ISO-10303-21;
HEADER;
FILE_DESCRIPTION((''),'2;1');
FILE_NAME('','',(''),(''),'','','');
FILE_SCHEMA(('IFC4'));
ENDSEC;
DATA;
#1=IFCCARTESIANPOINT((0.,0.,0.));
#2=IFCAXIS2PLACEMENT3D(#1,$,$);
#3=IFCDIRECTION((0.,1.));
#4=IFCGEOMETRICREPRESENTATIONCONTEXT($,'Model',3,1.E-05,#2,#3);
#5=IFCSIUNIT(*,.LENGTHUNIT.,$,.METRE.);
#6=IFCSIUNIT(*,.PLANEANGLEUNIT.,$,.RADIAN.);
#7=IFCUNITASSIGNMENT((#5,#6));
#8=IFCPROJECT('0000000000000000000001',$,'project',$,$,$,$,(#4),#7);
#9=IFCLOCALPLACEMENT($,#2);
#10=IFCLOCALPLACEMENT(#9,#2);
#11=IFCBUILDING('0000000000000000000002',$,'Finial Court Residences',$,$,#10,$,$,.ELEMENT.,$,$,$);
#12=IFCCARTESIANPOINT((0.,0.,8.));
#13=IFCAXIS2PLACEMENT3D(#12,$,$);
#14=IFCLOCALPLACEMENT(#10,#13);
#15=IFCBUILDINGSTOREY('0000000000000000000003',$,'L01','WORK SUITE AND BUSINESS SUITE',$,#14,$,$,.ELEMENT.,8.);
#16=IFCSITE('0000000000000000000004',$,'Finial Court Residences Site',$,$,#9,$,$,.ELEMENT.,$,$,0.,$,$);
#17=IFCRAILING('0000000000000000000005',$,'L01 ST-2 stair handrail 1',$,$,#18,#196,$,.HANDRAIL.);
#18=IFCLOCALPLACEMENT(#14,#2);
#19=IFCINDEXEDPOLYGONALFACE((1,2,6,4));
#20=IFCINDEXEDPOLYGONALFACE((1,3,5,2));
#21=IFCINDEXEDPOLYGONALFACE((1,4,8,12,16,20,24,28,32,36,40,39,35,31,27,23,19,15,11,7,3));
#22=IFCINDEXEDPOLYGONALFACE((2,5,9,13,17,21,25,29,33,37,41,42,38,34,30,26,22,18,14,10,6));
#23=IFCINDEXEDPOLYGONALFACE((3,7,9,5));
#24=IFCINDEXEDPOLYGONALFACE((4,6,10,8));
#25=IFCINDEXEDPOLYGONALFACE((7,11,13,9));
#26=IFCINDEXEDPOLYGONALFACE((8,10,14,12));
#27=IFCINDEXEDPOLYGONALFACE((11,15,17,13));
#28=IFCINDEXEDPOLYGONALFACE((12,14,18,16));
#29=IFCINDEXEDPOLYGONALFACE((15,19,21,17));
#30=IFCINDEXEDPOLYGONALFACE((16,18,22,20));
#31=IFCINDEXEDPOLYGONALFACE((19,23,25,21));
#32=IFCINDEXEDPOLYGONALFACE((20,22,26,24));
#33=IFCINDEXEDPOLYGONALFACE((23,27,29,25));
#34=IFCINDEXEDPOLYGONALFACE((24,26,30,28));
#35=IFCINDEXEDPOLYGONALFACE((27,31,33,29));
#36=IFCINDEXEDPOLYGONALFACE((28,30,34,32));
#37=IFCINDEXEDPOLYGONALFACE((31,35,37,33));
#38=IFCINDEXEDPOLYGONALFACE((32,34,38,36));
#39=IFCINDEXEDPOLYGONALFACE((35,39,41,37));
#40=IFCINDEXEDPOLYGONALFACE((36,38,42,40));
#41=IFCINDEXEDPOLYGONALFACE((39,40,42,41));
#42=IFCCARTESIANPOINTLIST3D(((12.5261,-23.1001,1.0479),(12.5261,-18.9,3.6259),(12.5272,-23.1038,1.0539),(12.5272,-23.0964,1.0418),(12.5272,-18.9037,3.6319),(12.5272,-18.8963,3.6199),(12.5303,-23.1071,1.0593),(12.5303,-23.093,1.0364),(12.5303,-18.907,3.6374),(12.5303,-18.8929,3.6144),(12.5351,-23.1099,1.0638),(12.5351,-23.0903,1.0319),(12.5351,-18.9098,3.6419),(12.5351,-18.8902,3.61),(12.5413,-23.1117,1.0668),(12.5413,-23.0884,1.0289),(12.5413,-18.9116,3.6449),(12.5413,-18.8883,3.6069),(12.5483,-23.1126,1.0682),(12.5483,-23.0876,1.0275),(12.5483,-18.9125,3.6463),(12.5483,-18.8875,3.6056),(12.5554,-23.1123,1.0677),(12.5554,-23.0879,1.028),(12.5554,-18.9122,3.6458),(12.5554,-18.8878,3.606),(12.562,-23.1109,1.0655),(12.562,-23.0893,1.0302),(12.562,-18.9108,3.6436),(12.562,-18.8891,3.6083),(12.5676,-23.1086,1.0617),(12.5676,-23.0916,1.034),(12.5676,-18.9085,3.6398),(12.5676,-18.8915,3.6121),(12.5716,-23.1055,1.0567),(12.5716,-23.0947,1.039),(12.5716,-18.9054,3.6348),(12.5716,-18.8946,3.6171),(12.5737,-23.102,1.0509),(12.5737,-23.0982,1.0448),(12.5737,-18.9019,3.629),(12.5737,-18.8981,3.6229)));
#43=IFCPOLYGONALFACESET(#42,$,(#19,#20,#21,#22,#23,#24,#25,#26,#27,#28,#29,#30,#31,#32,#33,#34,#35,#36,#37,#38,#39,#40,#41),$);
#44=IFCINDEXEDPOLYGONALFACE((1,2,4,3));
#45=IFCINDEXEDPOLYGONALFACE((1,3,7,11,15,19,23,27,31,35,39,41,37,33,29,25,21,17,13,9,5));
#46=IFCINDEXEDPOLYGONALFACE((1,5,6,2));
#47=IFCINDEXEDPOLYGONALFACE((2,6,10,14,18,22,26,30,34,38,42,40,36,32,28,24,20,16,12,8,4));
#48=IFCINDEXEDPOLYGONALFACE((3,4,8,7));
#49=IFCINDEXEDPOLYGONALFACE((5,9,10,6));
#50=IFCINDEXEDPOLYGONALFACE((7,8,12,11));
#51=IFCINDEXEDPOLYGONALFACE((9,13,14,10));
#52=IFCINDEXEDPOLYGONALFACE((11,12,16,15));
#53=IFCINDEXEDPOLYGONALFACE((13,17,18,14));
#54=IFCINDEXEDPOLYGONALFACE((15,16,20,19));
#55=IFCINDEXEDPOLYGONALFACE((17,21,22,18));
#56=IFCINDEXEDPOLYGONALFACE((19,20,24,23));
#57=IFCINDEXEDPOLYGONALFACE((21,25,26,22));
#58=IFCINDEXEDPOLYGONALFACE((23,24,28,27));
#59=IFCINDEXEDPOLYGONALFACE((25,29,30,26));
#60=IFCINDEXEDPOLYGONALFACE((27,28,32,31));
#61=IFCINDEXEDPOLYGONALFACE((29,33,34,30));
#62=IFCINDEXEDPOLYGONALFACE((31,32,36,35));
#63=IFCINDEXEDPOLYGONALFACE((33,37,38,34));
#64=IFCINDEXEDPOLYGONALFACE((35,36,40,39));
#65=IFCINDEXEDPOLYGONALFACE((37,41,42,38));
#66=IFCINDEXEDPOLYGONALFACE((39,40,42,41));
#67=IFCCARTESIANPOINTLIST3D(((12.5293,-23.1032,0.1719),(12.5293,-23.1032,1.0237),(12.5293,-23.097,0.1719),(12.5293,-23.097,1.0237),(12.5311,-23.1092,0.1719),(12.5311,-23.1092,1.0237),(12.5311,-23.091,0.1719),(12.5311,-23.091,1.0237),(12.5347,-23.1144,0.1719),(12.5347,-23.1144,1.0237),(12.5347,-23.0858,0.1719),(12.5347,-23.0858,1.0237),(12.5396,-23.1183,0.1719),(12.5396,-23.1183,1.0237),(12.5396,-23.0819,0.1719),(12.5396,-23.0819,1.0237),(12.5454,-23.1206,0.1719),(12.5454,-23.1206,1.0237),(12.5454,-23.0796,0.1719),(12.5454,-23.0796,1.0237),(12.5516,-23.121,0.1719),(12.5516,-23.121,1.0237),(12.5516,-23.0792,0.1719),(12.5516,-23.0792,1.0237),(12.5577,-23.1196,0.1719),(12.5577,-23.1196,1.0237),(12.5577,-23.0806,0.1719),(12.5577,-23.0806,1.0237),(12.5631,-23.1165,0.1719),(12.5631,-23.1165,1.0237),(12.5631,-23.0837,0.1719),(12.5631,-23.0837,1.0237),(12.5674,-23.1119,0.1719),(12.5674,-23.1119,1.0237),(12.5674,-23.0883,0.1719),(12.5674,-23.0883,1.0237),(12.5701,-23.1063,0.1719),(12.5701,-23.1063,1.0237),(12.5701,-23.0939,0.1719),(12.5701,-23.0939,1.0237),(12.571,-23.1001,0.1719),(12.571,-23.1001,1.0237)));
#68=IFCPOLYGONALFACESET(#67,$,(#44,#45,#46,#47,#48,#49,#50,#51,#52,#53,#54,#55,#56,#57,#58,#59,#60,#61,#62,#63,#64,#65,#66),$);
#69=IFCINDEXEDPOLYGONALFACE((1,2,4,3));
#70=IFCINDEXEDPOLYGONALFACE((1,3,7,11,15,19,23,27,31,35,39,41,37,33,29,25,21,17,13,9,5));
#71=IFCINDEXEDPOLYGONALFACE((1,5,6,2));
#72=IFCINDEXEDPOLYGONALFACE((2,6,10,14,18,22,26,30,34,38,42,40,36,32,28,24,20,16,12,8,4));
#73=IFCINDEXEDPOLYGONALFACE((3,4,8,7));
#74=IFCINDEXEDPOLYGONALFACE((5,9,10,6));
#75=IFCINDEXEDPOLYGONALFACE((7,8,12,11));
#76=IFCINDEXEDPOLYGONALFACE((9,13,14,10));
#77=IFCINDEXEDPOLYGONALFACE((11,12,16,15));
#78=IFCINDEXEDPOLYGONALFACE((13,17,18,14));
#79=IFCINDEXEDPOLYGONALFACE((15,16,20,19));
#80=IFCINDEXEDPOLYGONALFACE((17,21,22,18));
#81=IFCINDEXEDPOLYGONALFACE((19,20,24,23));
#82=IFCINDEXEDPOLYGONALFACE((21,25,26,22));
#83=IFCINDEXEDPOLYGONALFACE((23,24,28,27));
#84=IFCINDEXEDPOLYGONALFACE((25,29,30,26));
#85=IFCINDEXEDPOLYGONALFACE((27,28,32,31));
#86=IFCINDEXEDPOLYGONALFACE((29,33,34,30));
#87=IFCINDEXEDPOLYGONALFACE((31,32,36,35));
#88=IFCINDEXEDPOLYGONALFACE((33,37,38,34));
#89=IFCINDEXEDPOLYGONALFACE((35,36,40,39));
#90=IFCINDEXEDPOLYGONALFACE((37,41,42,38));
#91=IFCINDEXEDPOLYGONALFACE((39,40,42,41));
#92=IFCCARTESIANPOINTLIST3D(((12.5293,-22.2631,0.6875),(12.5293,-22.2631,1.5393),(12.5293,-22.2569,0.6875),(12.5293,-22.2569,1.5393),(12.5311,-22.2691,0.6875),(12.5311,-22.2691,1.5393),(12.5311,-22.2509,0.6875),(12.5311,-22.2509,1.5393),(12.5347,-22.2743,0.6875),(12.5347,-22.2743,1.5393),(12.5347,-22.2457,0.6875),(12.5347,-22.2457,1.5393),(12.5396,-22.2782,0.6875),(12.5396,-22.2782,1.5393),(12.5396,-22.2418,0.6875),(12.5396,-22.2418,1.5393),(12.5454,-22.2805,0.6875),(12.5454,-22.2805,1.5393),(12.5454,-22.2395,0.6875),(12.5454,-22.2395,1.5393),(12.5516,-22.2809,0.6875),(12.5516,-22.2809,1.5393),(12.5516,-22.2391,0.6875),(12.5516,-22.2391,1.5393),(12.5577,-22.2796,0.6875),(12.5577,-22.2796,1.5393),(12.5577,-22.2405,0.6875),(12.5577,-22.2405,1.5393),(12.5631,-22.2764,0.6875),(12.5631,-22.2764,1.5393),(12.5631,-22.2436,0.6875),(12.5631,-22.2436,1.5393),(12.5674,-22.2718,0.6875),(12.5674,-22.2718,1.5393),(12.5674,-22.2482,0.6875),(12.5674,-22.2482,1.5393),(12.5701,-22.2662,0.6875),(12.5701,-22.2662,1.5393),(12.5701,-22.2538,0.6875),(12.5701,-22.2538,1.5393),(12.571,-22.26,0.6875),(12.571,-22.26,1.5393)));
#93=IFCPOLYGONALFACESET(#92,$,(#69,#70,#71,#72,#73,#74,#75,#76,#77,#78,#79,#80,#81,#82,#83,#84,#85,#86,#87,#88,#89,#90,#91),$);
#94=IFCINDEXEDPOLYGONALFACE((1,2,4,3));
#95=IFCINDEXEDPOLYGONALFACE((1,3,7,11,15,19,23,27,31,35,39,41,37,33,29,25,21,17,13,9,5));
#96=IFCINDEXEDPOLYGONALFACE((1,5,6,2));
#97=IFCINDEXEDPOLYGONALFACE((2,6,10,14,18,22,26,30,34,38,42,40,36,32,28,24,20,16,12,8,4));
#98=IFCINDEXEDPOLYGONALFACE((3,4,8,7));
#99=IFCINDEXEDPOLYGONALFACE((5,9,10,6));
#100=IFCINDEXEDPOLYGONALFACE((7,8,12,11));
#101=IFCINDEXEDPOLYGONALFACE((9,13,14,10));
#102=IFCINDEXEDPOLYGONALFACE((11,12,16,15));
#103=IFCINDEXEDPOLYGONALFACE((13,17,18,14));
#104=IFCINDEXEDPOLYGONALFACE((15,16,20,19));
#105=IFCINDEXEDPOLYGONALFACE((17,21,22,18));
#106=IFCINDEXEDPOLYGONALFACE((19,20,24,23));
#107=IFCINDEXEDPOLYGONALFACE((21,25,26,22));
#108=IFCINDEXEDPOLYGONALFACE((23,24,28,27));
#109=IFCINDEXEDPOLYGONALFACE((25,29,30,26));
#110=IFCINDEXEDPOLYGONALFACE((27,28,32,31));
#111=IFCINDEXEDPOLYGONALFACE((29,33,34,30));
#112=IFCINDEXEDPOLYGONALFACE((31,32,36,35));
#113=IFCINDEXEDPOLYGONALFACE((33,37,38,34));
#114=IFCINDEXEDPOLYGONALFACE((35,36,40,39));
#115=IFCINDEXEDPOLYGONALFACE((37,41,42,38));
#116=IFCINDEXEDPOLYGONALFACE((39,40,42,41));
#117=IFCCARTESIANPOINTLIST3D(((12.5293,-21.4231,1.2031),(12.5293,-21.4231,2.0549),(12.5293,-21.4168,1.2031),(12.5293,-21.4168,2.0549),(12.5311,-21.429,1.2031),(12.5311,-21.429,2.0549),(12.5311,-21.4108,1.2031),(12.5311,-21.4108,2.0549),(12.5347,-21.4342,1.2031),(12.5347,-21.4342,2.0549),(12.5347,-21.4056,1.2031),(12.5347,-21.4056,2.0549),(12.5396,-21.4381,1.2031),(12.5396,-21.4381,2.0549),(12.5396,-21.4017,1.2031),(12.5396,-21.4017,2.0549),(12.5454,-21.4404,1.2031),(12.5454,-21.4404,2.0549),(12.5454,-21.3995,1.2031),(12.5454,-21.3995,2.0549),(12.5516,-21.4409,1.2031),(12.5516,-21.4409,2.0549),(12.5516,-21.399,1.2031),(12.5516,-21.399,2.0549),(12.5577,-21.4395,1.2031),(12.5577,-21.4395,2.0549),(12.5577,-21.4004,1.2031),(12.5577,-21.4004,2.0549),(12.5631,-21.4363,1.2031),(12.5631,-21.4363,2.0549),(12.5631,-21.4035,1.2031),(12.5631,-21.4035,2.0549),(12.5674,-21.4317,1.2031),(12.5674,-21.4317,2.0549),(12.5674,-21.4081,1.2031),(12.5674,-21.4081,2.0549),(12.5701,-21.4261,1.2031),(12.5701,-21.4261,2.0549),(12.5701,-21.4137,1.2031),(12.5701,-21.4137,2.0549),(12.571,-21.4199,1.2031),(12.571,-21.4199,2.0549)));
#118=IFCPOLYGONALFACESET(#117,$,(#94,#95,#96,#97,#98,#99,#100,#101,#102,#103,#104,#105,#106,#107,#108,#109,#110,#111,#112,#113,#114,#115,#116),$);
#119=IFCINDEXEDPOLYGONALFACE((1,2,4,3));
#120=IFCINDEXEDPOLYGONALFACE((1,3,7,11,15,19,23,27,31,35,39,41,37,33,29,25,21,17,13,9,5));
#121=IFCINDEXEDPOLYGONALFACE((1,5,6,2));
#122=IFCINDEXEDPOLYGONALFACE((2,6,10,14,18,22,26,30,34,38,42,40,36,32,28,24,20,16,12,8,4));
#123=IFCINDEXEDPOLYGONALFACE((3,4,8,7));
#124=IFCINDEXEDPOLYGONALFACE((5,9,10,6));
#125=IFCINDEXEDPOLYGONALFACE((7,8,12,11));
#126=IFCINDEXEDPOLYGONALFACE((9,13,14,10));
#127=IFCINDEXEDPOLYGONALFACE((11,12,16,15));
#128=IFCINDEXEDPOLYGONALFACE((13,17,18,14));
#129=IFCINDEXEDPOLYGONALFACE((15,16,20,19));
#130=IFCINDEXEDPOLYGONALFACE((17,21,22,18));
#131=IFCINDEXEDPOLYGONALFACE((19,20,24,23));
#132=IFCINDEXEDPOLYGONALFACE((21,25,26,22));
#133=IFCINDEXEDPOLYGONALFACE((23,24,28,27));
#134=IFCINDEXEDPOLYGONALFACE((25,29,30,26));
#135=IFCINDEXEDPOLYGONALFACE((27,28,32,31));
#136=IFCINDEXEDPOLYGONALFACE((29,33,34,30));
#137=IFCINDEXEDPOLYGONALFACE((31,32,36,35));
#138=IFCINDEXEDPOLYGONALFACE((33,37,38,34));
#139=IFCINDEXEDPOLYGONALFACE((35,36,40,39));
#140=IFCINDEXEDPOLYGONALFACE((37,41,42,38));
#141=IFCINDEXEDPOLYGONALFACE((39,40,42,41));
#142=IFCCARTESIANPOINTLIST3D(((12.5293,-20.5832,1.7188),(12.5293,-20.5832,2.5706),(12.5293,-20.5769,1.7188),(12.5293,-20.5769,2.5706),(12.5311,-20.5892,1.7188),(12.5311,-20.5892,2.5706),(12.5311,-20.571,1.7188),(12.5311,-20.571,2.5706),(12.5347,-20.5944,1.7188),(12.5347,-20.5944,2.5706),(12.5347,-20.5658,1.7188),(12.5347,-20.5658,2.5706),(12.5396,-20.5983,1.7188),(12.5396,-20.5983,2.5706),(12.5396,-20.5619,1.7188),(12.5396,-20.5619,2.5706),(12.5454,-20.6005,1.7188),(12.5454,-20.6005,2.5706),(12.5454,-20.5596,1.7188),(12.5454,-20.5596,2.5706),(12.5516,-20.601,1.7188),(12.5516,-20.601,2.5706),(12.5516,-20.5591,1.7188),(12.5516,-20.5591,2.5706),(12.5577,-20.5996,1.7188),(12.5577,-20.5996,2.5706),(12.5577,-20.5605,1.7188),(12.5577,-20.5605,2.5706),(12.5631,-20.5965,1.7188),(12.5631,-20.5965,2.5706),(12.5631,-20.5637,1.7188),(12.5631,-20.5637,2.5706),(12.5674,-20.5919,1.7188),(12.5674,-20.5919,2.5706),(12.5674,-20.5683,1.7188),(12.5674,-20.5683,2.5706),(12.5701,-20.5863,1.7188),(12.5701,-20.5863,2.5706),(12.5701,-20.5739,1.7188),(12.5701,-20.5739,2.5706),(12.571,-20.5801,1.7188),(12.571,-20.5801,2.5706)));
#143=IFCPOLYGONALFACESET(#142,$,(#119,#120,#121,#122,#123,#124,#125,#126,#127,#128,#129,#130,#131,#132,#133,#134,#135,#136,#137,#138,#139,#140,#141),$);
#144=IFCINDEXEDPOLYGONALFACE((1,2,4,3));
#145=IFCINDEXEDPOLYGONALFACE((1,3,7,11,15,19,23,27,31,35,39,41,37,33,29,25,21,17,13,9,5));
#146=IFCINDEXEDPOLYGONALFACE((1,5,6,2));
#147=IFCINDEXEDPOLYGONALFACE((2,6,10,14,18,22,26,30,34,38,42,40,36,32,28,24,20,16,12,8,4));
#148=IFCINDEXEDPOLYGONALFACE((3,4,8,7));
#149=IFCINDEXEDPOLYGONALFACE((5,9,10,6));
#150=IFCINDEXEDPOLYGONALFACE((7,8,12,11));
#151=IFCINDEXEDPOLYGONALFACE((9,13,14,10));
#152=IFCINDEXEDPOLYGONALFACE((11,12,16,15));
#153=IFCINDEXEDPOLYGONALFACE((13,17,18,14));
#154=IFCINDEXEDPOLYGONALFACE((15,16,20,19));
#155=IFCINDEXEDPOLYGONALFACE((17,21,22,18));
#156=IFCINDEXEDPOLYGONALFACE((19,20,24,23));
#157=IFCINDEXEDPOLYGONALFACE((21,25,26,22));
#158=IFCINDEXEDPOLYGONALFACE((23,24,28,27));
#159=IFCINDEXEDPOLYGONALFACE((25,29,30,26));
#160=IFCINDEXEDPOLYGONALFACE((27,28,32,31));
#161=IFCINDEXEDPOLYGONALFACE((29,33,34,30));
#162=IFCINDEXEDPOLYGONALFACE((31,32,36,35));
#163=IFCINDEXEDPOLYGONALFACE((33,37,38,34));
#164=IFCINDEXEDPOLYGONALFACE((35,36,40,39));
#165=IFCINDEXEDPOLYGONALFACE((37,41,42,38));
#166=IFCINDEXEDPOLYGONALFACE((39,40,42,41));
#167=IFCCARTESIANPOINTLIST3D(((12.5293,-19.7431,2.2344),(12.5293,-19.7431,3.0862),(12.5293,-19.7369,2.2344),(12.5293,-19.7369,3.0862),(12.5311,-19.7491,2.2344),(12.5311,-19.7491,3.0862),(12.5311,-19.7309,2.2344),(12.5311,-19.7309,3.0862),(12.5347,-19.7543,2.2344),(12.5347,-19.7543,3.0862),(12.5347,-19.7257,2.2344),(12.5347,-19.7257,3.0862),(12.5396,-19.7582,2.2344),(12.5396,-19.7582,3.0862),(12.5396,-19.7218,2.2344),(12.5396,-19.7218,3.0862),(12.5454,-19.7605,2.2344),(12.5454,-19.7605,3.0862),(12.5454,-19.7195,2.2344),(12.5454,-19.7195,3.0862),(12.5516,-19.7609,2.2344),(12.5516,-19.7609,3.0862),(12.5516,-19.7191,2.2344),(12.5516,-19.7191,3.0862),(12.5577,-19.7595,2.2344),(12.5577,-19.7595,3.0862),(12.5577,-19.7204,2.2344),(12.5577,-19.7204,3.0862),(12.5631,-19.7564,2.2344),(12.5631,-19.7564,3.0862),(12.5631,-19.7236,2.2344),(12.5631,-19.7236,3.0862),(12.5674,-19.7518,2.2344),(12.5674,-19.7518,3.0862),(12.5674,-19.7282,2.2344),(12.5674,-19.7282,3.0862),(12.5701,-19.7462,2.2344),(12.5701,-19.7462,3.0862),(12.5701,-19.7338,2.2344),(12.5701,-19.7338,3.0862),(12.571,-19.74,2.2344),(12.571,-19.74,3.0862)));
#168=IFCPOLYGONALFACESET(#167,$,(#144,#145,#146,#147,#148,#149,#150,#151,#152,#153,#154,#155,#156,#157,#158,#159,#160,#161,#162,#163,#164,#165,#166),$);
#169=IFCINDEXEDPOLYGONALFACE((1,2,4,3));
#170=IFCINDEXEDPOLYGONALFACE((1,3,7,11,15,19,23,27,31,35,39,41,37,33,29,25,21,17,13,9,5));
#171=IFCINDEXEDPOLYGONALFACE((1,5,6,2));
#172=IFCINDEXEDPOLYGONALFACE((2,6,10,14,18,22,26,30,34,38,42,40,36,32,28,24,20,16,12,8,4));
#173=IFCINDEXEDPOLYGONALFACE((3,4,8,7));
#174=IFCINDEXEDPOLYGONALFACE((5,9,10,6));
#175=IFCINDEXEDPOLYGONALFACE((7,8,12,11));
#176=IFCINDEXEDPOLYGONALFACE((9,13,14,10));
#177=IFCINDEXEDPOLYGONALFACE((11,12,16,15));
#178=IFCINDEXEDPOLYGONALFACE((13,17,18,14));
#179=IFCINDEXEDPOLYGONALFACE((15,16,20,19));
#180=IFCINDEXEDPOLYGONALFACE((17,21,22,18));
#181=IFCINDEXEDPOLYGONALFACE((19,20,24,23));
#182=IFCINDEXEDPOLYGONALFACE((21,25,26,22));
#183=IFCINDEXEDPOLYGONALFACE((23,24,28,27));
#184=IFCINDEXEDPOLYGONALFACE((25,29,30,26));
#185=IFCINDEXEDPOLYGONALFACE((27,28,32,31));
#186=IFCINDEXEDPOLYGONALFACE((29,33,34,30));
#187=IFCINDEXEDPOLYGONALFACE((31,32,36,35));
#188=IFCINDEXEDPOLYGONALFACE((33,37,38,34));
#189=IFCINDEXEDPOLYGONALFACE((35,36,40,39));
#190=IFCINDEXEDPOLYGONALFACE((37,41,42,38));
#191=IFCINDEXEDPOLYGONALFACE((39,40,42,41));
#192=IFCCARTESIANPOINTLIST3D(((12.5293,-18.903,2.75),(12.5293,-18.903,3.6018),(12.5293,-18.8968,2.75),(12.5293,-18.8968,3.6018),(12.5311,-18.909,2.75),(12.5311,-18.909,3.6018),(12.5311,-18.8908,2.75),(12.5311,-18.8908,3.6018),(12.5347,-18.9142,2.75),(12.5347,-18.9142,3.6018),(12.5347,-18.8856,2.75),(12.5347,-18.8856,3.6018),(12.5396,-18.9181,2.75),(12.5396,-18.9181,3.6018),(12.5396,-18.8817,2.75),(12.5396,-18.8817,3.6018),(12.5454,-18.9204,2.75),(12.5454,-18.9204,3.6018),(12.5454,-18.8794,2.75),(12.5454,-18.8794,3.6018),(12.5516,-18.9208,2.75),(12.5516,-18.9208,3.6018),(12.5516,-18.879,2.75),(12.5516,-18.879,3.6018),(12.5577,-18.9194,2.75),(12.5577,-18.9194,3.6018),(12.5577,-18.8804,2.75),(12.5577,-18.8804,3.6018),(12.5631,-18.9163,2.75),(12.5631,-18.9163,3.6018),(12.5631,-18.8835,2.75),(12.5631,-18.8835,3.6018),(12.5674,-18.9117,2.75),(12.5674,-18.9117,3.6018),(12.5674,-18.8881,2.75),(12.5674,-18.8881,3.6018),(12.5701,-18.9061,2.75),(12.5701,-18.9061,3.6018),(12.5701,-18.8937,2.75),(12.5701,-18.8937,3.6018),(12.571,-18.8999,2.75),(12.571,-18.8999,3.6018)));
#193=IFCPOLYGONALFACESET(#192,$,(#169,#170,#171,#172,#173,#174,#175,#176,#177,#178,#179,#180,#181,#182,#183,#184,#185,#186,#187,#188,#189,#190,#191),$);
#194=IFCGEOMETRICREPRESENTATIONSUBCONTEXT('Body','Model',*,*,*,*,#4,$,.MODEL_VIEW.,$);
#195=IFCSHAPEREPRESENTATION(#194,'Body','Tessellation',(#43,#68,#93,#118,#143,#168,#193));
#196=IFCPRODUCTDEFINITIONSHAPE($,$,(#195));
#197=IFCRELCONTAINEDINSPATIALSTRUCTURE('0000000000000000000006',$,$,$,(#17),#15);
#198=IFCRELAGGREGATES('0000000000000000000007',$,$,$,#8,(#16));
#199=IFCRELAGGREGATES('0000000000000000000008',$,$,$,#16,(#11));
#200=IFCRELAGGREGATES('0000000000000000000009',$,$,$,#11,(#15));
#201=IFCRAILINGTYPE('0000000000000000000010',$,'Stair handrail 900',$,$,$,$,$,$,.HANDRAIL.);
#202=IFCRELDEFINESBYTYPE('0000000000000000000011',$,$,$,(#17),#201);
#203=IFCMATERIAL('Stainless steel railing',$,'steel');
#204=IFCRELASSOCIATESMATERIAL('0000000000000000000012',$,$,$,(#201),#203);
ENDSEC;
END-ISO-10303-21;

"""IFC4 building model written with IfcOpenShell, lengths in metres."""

from ifc_helpers import new_model, si_unit, direction, frame, origin, origin_2d, place, context, subcontext, project, spatial, circle, extrude, material, type_object, element, save


model = new_model("IFC4")

# Units and contexts
model_context = context("Model", 3, precision=1e-05, world=origin(), true_north=direction((0.0, 1.0)))
body_context = subcontext(model_context, "Body", "Model", "MODEL_VIEW")
ifc_project = project(units=[si_unit("LENGTHUNIT", "METRE"), si_unit("PLANEANGLEUNIT", "RADIAN")], contexts=[model_context])

# Site, building, storey
site_placement = place(None, origin())
site = spatial("IfcSite", under=ifc_project, at=site_placement, Name="Finial Court Residences Site", CompositionType="ELEMENT", RefElevation=0.0)
building_placement = place(site_placement, origin())
building = spatial("IfcBuilding", under=site, at=building_placement, Name="Finial Court Residences", CompositionType="ELEMENT")
storey_placement = place(building_placement, frame((0.0, 0.0, 8.0)))
storey = spatial("IfcBuildingStorey", under=building, at=storey_placement, Name="L01", Description="WORK SUITE AND BUSINESS SUITE", CompositionType="ELEMENT", Elevation=8.0)

# Railing
ifc_material_1 = material(Name="Stainless steel railing", Category="steel")
railing_type_1 = type_object("IfcRailingType", Name="Stair handrail 900", PredefinedType="HANDRAIL", material=ifc_material_1)
railing_1_placement = place(storey_placement, frame((12.55, -23.1001, 0.1719)))
element("IfcRailing", 1, at=railing_1_placement, inside=storey, type_object=railing_type_1, Name="L01 ST-2 stair handrail 1", PredefinedType="HANDRAIL", context=body_context, shape_type="SweptSolid", body=[
    extrude(circle(Radius=0.0239, at=origin_2d()), frame((0.0, 0.0, 0.876), z_axis=(0.0, 0.852256, 0.523124), x_axis=(-1.0, 0.0, 0.0)), (0.0, 0.0, 1.0), 4.9282),
    extrude(circle(Radius=0.021, at=origin_2d()), origin(), (0.0, 0.0, 1.0), 0.8518),
    extrude(circle(Radius=0.021, at=origin_2d()), frame((0.0, 0.8401, 0.5156)), (0.0, 0.0, 1.0), 0.8518),
    extrude(circle(Radius=0.021, at=origin_2d()), frame((0.0, 1.6802, 1.0312)), (0.0, 0.0, 1.0), 0.8518),
    extrude(circle(Radius=0.021, at=origin_2d()), frame((0.0, 2.52, 1.5469)), (0.0, 0.0, 1.0), 0.8518),
    extrude(circle(Radius=0.021, at=origin_2d()), frame((0.0, 3.3601, 2.0625)), (0.0, 0.0, 1.0), 0.8518),
    extrude(circle(Radius=0.021, at=origin_2d()), frame((0.0, 4.2002, 2.5781)), (0.0, 0.0, 1.0), 0.8518),
])

save(model, "model.ifc")
